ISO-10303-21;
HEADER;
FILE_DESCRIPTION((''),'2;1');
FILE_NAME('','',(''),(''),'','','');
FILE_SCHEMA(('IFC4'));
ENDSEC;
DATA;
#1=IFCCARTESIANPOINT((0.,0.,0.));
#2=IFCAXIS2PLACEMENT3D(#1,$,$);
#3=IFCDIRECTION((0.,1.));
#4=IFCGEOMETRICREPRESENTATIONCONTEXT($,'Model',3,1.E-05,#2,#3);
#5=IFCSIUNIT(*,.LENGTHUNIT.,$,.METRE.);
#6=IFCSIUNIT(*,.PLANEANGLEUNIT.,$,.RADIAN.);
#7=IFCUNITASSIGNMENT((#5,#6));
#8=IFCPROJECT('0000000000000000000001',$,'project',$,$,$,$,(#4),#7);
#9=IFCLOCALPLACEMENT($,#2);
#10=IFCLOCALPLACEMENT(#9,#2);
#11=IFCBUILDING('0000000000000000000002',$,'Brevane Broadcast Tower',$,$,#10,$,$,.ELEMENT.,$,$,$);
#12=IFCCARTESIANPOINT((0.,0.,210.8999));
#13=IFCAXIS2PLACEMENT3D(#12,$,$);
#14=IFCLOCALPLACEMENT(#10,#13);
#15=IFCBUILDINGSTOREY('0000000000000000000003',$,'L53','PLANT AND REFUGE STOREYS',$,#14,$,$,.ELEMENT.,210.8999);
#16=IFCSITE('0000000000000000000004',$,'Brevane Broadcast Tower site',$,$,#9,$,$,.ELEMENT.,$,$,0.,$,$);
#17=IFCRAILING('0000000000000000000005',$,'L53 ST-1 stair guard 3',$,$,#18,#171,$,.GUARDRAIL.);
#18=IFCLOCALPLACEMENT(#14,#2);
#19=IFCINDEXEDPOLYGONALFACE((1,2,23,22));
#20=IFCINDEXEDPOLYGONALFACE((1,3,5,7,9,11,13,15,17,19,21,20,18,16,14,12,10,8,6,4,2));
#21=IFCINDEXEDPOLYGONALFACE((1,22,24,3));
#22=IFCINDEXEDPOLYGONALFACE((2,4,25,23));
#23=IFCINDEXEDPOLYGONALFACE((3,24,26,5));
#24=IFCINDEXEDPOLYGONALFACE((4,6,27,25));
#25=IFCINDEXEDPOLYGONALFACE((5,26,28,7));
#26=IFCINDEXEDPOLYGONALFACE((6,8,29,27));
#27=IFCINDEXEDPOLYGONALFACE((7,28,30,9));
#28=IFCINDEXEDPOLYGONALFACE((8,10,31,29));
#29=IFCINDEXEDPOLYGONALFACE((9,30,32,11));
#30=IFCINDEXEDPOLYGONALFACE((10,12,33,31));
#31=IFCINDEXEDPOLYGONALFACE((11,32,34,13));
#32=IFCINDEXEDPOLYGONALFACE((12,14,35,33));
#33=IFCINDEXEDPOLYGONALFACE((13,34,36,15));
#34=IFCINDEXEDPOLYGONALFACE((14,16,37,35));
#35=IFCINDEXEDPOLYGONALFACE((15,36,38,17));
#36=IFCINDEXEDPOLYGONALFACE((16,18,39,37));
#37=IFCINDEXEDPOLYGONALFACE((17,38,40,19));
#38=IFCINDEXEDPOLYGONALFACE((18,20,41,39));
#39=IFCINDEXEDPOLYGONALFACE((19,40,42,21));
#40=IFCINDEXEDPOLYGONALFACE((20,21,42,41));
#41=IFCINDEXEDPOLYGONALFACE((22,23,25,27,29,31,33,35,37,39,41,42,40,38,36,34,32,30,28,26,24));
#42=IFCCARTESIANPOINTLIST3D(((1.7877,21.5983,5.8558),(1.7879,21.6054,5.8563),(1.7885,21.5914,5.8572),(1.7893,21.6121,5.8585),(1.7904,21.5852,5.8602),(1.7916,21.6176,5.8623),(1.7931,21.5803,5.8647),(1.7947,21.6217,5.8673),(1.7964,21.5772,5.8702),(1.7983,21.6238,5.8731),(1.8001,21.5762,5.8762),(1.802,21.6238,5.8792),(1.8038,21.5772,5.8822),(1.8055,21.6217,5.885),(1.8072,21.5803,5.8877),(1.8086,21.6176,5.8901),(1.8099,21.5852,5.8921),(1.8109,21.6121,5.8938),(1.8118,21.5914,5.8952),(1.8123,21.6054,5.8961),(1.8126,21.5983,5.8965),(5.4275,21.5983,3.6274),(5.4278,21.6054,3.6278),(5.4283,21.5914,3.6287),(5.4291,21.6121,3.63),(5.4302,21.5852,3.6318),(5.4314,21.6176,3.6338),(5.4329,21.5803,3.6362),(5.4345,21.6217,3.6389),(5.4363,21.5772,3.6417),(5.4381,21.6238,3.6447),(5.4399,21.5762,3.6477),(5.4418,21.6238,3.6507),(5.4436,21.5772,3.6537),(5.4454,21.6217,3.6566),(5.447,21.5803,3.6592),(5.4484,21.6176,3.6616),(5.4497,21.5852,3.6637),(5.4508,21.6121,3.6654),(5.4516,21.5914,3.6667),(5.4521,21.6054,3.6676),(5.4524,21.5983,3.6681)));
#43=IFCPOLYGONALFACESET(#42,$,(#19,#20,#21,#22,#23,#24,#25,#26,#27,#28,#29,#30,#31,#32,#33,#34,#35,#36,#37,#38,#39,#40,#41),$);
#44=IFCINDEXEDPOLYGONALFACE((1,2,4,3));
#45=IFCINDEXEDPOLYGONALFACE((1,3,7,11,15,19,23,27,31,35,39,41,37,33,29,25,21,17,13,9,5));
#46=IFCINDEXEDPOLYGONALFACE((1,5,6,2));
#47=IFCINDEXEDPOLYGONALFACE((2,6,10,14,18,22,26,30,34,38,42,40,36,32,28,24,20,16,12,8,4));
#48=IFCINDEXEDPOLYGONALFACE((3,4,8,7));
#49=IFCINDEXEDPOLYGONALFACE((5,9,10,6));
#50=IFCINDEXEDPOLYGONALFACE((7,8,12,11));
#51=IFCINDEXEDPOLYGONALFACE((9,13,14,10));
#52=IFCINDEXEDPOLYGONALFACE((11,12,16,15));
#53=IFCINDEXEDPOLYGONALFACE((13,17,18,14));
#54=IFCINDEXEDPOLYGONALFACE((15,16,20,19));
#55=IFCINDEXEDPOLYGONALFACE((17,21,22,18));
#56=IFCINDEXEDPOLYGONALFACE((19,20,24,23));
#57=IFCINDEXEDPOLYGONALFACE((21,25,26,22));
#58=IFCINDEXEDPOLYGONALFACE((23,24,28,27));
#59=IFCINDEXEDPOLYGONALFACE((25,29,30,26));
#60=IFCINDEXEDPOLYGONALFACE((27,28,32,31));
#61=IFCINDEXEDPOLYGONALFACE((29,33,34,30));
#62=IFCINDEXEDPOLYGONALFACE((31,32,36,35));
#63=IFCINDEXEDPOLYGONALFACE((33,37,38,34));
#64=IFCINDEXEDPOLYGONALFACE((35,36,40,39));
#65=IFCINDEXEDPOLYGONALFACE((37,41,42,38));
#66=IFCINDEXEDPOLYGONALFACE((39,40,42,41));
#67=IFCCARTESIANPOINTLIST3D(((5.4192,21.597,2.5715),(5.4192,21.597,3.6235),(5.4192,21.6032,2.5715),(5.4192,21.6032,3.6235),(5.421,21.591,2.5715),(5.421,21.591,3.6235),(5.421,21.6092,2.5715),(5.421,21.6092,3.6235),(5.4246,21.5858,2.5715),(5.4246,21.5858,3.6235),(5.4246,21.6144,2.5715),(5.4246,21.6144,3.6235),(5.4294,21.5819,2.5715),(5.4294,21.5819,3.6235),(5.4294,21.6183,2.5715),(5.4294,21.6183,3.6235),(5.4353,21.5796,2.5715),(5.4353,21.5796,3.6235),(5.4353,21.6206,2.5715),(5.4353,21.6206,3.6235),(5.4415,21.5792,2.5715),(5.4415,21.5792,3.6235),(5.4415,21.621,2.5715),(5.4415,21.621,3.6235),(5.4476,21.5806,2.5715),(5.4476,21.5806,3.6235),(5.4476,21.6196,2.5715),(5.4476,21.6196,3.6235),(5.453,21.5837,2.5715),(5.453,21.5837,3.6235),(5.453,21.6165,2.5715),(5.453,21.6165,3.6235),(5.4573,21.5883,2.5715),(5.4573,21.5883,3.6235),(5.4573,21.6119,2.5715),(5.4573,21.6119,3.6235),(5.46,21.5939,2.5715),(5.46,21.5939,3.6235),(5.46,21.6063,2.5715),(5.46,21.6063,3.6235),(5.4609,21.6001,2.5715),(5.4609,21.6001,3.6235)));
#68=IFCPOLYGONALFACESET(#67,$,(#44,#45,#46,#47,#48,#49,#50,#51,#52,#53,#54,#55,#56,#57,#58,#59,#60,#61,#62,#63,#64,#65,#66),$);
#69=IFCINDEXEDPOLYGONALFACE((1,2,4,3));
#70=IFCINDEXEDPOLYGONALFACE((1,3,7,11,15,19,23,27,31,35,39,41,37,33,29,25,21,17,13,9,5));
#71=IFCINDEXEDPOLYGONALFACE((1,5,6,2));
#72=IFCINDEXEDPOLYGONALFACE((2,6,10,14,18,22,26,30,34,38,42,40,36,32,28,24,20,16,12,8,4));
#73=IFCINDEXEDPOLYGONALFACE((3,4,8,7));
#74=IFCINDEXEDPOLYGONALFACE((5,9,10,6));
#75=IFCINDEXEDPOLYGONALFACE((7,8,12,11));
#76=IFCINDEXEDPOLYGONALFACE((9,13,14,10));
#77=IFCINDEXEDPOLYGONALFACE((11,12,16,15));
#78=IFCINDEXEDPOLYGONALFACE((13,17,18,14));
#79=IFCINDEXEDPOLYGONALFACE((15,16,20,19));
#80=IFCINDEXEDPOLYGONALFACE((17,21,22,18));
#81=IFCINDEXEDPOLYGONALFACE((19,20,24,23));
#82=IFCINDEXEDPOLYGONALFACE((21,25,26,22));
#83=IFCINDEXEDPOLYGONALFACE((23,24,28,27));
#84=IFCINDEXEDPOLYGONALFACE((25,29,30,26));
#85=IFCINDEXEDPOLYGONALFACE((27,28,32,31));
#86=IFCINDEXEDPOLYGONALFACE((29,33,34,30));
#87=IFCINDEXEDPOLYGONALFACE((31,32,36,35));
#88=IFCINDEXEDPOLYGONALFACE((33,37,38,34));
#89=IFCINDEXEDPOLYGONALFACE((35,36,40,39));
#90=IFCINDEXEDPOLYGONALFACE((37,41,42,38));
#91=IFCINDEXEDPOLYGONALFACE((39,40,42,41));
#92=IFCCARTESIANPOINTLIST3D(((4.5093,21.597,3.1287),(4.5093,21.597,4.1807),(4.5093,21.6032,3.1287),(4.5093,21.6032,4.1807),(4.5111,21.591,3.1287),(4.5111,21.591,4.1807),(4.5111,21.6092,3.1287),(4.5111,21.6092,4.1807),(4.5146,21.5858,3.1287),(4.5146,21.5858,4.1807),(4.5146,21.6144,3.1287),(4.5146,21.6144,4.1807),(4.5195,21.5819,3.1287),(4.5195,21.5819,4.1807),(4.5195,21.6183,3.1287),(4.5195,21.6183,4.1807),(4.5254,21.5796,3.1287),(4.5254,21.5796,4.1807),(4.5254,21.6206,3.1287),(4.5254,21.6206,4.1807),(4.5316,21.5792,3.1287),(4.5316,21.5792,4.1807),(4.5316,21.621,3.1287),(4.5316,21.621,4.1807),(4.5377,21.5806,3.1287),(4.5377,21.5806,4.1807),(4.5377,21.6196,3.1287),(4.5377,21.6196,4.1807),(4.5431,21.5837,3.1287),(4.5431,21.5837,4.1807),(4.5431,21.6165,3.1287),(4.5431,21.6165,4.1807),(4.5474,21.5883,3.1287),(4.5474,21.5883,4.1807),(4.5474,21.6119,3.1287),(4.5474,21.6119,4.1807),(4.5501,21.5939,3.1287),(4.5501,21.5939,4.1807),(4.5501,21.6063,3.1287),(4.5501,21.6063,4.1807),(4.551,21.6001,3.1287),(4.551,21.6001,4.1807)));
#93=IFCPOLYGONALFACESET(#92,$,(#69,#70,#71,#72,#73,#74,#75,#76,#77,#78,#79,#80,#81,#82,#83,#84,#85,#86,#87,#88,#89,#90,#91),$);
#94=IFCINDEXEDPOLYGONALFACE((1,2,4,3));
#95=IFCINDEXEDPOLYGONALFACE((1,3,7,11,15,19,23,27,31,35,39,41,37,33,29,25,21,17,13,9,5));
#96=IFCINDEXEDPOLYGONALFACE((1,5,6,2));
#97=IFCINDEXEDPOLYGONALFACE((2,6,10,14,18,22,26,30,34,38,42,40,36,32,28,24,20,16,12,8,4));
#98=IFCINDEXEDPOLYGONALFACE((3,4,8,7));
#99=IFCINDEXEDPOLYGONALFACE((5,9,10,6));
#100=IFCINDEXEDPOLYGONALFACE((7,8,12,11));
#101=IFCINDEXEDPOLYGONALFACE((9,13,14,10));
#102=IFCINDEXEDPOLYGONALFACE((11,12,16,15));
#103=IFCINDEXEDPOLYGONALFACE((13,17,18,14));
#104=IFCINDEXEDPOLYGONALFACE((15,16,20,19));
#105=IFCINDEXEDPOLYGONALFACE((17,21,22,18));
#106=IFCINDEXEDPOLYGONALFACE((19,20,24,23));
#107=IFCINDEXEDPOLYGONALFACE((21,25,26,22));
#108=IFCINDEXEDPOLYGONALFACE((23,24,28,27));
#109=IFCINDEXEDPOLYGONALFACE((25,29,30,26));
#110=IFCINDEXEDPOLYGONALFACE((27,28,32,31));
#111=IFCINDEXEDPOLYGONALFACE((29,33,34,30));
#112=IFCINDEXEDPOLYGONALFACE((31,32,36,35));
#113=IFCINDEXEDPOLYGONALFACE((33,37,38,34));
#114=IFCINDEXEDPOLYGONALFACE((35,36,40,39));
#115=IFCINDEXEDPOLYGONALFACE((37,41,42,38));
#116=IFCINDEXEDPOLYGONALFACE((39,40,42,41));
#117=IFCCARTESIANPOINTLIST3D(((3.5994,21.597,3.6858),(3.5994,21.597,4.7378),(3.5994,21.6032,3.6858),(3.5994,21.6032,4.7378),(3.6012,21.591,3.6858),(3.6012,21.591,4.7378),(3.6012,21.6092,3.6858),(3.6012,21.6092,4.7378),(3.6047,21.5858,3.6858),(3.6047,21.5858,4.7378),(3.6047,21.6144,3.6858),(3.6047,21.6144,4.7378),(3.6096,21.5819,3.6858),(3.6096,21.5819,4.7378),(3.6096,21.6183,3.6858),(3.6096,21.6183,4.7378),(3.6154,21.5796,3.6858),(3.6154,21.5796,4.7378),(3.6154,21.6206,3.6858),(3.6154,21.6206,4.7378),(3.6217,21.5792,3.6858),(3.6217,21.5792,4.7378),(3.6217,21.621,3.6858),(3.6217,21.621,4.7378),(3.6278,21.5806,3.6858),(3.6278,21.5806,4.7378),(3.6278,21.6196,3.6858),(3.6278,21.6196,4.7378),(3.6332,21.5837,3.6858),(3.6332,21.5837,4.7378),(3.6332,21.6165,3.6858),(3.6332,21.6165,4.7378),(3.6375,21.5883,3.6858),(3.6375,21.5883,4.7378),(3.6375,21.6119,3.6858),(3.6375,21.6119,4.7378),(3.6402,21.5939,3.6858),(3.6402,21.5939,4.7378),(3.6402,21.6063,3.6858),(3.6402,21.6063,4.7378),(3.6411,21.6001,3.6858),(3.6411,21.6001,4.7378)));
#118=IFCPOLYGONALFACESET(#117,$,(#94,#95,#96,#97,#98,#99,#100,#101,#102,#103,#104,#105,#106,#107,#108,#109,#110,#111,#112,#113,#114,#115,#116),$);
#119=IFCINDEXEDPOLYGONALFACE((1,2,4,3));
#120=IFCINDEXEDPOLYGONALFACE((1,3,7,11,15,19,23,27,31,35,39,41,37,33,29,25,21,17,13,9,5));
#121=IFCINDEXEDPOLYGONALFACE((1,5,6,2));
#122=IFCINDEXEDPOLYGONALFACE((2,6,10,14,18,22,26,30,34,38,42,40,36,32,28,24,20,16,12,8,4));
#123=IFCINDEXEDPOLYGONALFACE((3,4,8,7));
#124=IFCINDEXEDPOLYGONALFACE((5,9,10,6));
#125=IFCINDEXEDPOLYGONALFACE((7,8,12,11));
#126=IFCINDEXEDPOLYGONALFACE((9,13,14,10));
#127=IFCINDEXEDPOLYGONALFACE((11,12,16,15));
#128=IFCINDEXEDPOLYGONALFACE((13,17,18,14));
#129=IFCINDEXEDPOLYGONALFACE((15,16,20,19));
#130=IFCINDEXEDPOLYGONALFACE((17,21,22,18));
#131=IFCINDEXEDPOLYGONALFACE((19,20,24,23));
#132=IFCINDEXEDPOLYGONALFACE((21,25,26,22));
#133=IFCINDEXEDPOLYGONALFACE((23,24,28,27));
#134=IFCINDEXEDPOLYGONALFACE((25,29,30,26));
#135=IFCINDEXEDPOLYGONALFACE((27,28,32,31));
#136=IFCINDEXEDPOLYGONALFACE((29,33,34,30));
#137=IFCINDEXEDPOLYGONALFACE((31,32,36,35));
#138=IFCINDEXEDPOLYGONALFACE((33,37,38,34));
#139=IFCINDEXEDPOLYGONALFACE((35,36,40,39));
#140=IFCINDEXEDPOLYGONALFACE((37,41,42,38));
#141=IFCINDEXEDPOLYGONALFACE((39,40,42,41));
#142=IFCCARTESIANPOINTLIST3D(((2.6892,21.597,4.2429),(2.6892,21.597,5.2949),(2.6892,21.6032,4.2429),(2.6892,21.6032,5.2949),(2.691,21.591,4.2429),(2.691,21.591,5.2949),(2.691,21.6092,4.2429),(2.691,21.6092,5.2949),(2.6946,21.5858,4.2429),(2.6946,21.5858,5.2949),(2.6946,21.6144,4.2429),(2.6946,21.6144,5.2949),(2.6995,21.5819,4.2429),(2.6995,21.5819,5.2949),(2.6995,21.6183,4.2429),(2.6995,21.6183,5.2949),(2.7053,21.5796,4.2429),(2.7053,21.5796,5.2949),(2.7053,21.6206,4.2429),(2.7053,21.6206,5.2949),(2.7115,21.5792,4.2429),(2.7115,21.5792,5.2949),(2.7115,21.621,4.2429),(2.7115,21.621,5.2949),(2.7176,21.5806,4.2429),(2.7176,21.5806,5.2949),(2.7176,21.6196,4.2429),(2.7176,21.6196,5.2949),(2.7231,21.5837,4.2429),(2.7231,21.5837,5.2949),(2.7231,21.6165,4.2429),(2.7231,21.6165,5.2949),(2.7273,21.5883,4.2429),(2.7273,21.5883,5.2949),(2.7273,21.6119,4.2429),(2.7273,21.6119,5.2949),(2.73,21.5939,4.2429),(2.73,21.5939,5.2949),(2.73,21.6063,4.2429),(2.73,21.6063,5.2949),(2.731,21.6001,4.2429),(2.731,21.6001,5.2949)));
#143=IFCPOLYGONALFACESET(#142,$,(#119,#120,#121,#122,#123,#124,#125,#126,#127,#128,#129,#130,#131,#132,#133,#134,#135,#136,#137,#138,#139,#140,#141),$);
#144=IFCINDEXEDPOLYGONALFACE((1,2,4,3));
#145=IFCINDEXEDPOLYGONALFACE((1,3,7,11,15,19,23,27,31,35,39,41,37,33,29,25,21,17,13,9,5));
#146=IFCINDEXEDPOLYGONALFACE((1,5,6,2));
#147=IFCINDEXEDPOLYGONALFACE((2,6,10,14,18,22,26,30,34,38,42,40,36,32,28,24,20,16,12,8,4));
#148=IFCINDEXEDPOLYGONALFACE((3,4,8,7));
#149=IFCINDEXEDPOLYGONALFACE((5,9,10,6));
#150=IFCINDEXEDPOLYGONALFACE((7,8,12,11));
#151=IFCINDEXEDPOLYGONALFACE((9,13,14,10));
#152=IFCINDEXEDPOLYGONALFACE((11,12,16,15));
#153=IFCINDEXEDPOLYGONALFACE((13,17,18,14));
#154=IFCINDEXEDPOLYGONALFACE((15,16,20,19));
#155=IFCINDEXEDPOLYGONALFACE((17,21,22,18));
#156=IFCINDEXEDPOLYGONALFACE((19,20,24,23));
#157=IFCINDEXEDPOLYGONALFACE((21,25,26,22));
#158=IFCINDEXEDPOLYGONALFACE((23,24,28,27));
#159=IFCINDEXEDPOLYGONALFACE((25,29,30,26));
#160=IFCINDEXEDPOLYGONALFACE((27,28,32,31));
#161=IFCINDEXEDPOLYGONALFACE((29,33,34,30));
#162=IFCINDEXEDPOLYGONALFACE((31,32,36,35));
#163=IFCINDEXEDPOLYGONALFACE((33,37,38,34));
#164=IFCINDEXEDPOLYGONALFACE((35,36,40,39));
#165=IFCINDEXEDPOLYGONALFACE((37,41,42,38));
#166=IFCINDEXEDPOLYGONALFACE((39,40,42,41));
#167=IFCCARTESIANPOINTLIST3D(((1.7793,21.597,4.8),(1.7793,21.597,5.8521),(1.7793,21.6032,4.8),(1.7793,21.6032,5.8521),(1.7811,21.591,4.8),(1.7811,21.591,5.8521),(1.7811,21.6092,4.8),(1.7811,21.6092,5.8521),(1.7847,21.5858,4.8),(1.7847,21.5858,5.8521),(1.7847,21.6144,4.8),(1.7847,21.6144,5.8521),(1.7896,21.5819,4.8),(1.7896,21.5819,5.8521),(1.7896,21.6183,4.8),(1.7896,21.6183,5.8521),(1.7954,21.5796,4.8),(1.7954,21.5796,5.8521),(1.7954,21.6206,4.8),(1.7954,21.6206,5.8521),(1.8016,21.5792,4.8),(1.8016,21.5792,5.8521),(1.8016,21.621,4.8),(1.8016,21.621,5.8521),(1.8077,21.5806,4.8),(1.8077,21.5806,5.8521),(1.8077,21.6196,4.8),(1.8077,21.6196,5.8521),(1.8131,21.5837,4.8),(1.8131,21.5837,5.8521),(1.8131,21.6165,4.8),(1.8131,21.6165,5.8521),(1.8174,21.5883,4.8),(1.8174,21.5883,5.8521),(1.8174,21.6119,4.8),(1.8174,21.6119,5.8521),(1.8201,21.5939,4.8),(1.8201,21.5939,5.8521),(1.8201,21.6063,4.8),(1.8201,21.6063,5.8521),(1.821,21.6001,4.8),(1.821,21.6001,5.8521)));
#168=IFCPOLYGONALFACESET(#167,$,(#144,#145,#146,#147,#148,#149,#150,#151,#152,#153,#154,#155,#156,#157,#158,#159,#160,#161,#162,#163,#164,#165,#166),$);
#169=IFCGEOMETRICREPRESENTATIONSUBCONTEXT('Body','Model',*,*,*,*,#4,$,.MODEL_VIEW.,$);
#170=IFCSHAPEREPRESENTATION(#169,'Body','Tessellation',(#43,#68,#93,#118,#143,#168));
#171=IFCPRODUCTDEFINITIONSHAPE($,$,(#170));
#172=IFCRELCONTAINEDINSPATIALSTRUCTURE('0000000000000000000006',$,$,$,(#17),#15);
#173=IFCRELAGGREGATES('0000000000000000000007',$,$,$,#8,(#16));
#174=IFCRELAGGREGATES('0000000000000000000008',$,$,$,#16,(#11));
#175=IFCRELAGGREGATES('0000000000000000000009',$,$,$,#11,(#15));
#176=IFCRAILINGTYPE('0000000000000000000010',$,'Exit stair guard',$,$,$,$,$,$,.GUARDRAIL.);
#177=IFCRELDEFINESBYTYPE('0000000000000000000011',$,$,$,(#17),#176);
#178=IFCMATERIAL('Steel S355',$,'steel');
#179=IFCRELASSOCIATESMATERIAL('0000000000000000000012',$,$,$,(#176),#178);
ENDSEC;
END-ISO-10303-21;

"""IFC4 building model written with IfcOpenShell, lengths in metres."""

from ifc_helpers import new_model, si_unit, direction, frame, origin, origin_2d, place, context, subcontext, project, spatial, circle, extrude, material, type_object, element, save


model = new_model("IFC4")

# Units and contexts
model_context = context("Model", 3, precision=1e-05, world=origin(), true_north=direction((0.0, 1.0)))
body_context = subcontext(model_context, "Body", "Model", "MODEL_VIEW")
ifc_project = project(units=[si_unit("LENGTHUNIT", "METRE"), si_unit("PLANEANGLEUNIT", "RADIAN")], contexts=[model_context])

# Site, building, storey
site_placement = place(None, origin())
site = spatial("IfcSite", under=ifc_project, at=site_placement, Name="Brevane Broadcast Tower site", CompositionType="ELEMENT", RefElevation=0.0)
building_placement = place(site_placement, origin())
building = spatial("IfcBuilding", under=site, at=building_placement, Name="Brevane Broadcast Tower", CompositionType="ELEMENT")
storey_placement = place(building_placement, frame((0.0, 0.0, 210.8999)))
storey = spatial("IfcBuildingStorey", under=building, at=storey_placement, Name="L53", Description="PLANT AND REFUGE STOREYS", CompositionType="ELEMENT", Elevation=210.8999)

# Shared definitions
ifc_material_1 = material(Name="Steel S355", Category="steel")

# Railing
railing_type_1 = type_object("IfcRailingType", Name="Exit stair guard", PredefinedType="GUARDRAIL", material=ifc_material_1)
railing_1_placement = place(storey_placement, frame((5.4399, 21.6001, 2.5715)))
element("IfcRailing", 1, at=railing_1_placement, inside=storey, type_object=railing_type_1, Name="L53 ST-1 stair guard 3", PredefinedType="GUARDRAIL", context=body_context, shape_type="SweptSolid", body=[
    extrude(circle(Radius=0.0239, at=origin_2d()), frame((0.0, 0.0, 1.0762), z_axis=(-0.85285, 0.0, 0.522156), x_axis=(0.0, -1.0, 0.0)), (0.0, 0.0, 1.0), 4.2678),
    extrude(circle(Radius=0.021, at=origin_2d()), origin(), (0.0, 0.0, 1.0), 1.052),
    extrude(circle(Radius=0.021, at=origin_2d()), frame((-0.9099, 0.0, 0.5571)), (0.0, 0.0, 1.0), 1.052),
    extrude(circle(Radius=0.021, at=origin_2d()), frame((-1.8198, 0.0, 1.1143)), (0.0, 0.0, 1.0), 1.052),
    extrude(circle(Radius=0.021, at=origin_2d()), frame((-2.73, 0.0, 1.6714)), (0.0, 0.0, 1.0), 1.052),
    extrude(circle(Radius=0.021, at=origin_2d()), frame((-3.6399, 0.0, 2.2285)), (0.0, 0.0, 1.0), 1.052),
])

save(model, "model.ifc")
